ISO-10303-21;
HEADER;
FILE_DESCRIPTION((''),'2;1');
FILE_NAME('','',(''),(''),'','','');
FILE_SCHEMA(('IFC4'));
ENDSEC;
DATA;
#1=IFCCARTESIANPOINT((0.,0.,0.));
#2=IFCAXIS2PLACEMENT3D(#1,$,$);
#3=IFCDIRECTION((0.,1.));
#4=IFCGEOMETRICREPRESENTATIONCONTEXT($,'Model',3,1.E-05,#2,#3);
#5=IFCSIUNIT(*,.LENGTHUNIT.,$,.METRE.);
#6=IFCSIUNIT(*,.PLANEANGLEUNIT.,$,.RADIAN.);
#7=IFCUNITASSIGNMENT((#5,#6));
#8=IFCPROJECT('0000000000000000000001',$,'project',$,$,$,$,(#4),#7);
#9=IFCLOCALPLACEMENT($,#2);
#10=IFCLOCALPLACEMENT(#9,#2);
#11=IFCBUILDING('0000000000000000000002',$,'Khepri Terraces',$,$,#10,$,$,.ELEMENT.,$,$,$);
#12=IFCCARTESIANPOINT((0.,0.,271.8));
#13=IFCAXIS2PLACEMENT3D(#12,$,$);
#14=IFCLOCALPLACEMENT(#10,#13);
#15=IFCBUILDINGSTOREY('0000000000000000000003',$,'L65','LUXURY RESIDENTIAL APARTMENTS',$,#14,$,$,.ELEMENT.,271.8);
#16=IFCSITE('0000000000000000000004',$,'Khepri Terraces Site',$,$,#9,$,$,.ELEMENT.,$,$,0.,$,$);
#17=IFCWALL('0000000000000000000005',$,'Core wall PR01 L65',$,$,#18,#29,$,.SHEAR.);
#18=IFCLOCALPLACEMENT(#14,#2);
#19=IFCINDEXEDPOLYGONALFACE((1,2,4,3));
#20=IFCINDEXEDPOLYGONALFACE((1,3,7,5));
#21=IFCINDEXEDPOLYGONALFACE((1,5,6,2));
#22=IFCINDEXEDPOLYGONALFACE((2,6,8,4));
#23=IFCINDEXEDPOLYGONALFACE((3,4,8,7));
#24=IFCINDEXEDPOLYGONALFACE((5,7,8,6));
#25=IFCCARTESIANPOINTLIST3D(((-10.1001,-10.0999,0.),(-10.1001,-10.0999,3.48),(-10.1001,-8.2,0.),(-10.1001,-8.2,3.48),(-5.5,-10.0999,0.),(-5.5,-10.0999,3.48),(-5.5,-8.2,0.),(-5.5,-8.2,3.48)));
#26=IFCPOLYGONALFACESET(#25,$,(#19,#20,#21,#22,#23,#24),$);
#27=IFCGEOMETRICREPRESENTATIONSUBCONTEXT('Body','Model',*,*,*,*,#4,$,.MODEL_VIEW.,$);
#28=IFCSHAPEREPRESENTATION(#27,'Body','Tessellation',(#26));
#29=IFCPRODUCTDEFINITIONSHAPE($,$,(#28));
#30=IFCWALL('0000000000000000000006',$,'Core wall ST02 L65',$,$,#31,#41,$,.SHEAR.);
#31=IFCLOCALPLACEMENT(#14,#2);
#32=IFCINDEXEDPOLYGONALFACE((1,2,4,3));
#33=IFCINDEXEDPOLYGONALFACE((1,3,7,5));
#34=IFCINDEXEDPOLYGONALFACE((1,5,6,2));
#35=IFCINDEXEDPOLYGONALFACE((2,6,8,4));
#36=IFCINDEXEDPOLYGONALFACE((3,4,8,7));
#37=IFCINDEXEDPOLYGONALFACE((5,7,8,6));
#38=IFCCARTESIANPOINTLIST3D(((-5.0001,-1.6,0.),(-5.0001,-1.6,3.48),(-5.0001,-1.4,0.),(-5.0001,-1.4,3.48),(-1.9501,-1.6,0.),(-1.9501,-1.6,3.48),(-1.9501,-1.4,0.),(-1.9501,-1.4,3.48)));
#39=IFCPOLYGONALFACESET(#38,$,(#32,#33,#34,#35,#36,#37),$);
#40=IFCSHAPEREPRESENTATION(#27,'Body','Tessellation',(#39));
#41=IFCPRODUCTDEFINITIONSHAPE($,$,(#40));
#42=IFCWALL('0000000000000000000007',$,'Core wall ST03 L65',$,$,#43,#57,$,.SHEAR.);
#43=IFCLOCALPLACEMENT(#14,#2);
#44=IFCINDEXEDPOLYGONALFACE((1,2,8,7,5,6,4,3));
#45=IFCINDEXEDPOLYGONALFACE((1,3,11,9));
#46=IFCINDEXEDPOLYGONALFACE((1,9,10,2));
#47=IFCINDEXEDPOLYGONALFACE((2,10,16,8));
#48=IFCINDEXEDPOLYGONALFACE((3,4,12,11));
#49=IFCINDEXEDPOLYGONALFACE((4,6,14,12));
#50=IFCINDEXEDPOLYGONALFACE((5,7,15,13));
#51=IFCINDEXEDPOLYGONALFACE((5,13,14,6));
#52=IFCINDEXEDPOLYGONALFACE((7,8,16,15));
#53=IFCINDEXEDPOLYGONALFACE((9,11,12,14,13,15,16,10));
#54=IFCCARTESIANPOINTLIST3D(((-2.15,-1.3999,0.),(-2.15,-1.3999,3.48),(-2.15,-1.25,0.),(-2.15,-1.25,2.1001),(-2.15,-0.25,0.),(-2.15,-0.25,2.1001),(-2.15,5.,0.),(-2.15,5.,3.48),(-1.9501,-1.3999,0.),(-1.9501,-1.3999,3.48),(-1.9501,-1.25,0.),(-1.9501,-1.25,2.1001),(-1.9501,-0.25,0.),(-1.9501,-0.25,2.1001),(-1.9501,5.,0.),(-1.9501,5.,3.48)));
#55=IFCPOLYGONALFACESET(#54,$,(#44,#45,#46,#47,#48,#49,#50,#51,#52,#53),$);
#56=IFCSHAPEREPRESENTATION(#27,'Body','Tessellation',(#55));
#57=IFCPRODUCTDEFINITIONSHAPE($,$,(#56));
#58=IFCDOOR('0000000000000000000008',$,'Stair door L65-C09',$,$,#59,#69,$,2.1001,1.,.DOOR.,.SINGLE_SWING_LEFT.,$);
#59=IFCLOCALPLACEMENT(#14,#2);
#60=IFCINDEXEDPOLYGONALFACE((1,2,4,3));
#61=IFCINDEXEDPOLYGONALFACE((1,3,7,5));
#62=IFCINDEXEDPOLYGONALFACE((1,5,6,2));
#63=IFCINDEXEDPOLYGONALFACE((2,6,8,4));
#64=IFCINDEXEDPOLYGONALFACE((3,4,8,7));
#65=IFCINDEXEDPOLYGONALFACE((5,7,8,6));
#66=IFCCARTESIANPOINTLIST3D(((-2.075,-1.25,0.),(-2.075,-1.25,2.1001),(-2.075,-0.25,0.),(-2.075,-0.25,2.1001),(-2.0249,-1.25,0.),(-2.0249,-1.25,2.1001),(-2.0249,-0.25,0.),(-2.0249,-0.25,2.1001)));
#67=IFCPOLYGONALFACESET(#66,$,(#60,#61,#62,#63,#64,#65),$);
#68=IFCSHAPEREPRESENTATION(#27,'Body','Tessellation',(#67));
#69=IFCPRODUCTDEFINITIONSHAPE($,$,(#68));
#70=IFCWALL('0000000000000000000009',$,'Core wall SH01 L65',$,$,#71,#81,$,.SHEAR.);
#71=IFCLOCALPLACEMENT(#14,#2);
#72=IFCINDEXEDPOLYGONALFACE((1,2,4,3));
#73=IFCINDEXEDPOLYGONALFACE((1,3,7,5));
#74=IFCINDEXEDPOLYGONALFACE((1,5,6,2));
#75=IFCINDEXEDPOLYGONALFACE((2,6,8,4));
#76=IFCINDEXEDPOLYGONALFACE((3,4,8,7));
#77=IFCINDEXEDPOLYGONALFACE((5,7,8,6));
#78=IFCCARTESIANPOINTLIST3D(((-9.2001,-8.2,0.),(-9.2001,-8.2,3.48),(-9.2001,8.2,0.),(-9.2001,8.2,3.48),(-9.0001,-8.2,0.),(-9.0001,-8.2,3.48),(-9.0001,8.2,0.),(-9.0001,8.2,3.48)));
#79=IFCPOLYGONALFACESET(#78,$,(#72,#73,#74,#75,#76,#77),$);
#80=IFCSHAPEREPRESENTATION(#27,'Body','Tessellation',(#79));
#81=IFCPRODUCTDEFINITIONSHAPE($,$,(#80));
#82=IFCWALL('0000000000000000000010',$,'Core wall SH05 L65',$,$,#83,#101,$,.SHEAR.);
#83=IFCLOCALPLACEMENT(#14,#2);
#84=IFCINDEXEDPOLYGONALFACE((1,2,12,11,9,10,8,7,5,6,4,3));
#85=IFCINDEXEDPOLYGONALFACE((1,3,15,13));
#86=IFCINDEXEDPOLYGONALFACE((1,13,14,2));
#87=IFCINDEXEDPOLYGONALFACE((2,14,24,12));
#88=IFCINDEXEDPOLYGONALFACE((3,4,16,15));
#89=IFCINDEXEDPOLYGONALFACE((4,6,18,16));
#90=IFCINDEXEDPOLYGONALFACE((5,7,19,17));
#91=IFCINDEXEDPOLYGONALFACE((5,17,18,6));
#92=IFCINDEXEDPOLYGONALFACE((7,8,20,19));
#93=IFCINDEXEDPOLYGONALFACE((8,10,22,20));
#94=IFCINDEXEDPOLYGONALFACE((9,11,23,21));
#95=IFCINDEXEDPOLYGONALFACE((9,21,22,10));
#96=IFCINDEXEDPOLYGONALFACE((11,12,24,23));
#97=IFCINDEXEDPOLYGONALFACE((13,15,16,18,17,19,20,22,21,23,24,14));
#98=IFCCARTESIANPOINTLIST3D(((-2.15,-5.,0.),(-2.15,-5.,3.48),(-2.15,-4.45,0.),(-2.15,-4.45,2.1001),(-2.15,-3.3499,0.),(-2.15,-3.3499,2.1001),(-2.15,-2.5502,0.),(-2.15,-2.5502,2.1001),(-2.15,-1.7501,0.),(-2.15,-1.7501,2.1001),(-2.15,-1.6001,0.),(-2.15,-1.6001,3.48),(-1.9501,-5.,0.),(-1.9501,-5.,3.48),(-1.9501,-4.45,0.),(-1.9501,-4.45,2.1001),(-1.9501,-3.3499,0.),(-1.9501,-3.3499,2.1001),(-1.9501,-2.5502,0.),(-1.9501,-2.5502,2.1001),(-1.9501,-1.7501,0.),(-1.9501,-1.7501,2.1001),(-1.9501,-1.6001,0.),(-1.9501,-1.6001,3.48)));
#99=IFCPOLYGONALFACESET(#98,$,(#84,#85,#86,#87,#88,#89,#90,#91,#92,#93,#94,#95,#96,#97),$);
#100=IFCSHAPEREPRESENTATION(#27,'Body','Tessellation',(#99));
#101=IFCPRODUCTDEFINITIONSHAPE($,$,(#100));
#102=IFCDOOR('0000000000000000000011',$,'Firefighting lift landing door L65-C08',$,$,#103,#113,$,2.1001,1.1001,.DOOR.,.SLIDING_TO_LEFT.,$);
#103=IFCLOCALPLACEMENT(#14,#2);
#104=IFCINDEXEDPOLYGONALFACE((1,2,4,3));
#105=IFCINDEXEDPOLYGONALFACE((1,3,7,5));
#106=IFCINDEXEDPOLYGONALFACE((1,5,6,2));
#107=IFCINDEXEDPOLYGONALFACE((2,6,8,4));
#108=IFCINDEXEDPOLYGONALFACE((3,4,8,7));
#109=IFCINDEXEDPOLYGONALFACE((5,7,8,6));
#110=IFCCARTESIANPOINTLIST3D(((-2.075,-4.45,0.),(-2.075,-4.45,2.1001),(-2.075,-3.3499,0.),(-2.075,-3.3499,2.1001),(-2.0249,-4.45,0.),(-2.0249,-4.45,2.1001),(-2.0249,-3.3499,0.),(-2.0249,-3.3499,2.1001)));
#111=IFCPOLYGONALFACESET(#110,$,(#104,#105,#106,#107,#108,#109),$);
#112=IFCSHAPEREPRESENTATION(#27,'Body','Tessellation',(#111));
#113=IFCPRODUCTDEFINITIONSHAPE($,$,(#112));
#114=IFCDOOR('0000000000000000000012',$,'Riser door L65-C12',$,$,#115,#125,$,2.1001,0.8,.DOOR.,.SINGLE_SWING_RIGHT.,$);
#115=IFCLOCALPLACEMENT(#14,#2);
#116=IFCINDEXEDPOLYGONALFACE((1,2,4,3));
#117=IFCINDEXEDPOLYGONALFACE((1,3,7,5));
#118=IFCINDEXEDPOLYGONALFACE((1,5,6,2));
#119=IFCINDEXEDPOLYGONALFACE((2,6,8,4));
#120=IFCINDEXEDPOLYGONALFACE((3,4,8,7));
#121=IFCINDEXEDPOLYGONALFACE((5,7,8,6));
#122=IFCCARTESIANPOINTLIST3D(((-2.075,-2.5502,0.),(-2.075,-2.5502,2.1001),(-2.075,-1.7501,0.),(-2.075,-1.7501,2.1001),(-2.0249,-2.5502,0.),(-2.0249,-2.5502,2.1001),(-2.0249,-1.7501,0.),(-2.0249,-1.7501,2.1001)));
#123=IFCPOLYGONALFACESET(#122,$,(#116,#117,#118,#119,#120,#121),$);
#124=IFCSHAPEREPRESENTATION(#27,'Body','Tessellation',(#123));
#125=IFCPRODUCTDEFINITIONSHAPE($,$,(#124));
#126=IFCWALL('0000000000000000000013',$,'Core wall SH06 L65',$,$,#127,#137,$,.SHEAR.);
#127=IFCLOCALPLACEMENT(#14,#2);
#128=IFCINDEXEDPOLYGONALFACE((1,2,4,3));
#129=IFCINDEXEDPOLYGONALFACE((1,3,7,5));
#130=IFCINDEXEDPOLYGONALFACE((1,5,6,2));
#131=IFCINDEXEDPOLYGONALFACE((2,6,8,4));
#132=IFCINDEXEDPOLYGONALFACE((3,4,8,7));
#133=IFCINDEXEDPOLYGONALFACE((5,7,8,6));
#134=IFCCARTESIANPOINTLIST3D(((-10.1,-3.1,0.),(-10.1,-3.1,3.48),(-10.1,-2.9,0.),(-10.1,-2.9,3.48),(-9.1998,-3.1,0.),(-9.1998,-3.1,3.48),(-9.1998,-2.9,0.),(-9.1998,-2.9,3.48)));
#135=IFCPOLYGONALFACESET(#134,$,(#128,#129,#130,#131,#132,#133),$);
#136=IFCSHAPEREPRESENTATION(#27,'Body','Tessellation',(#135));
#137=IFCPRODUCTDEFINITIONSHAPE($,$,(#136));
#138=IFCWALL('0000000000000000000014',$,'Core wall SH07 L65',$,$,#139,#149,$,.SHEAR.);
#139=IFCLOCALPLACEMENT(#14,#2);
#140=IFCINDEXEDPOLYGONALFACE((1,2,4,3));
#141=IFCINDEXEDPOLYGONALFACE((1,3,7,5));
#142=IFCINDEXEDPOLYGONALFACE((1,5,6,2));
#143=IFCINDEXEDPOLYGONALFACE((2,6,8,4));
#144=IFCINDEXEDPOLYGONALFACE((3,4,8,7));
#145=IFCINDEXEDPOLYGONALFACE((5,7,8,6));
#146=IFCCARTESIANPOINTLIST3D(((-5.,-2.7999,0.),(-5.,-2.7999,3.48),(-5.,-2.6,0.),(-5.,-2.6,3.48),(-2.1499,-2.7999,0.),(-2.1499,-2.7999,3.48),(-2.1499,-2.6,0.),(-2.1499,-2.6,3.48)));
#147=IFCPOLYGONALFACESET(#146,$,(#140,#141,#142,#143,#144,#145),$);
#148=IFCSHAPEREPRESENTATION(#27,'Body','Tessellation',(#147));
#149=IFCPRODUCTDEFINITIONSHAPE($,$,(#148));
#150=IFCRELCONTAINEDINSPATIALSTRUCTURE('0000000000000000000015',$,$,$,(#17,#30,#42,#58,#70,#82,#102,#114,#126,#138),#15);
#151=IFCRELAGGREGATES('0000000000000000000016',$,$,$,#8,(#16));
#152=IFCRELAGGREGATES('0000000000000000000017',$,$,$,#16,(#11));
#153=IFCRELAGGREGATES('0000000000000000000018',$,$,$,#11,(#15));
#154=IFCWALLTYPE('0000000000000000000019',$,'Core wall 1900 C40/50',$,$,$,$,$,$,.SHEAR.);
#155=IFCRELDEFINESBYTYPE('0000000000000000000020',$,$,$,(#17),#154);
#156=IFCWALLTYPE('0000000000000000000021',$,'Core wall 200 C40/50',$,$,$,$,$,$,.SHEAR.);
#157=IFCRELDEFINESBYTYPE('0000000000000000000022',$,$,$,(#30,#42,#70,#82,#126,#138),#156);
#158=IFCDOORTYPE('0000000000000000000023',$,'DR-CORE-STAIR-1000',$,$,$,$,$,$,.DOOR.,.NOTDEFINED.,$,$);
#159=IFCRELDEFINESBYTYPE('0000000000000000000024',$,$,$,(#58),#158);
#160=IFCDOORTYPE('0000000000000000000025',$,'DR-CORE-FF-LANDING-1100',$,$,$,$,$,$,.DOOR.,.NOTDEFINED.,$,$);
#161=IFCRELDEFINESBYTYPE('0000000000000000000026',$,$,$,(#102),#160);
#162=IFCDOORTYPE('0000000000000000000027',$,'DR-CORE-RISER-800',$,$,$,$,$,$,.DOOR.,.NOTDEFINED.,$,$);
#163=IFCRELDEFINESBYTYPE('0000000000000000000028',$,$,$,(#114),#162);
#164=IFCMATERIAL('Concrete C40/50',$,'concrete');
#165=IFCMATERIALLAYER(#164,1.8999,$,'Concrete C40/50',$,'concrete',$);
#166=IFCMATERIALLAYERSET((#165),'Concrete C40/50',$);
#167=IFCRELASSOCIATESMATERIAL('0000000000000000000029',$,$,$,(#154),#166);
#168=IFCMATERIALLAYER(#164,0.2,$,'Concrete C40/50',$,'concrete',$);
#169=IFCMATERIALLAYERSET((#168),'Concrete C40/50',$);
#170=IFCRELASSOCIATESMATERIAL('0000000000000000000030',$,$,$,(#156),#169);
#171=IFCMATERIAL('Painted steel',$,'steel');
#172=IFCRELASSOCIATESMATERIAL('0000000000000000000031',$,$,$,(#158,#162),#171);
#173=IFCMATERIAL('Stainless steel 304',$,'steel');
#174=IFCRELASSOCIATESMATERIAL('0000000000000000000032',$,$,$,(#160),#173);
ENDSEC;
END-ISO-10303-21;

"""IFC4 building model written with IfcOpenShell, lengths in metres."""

from ifc_helpers import new_model, si_unit, direction, frame, frame_2d, origin, place, context, subcontext, project, spatial, rectangle, extrude, material, layer, layer_set, type_object, element, fill, save


model = new_model("IFC4")

# Units and contexts
model_context = context("Model", 3, precision=1e-05, world=origin(), true_north=direction((0.0, 1.0)))
body_context = subcontext(model_context, "Body", "Model", "MODEL_VIEW")
ifc_project = project(units=[si_unit("LENGTHUNIT", "METRE"), si_unit("PLANEANGLEUNIT", "RADIAN")], contexts=[model_context])

# Site, building, storey
site_placement = place(None, origin())
site = spatial("IfcSite", under=ifc_project, at=site_placement, Name="Khepri Terraces Site", CompositionType="ELEMENT", RefElevation=0.0)
building_placement = place(site_placement, origin())
building = spatial("IfcBuilding", under=site, at=building_placement, Name="Khepri Terraces", CompositionType="ELEMENT")
storey_placement = place(building_placement, frame((0.0, 0.0, 271.8)))
storey = spatial("IfcBuildingStorey", under=building, at=storey_placement, Name="L65", Description="LUXURY RESIDENTIAL APARTMENTS", CompositionType="ELEMENT", Elevation=271.8)

# Walls
ifc_material_1 = material(Name="Concrete C40/50", Category="concrete")
ifc_layer_1 = layer(ifc_material_1, 1.8999, Name="Concrete C40/50", Category="concrete")
ifc_layer_set_1 = layer_set([ifc_layer_1], Name="Concrete C40/50")
wall_type_1 = type_object("IfcWallType", Name="Core wall 1900 C40/50", PredefinedType="SHEAR", material=ifc_layer_set_1)
wall_1_placement = place(storey_placement, frame((-10.1001, -9.1499, 0.0), z_axis=(0.0, 0.0, 1.0), x_axis=(1.0, 0.0, 0.0)))
element("IfcWall", 1, at=wall_1_placement, inside=storey, type_object=wall_type_1, Name="Core wall PR01 L65", PredefinedType="SHEAR", context=body_context, shape_type="SweptSolid", body=[
    extrude(rectangle(XDim=4.6001, YDim=1.8999, at=frame_2d((2.3, 0.0))), origin(), (0.0, 0.0, 1.0), 3.48),
])
ifc_layer_2 = layer(ifc_material_1, 0.2, Name="Concrete C40/50", Category="concrete")
ifc_layer_set_2 = layer_set([ifc_layer_2], Name="Concrete C40/50")
wall_type_2 = type_object("IfcWallType", Name="Core wall 200 C40/50", PredefinedType="SHEAR", material=ifc_layer_set_2)
wall_2_placement = place(storey_placement, frame((-5.0, -1.5, 0.0), z_axis=(0.0, 0.0, 1.0), x_axis=(1.0, 0.0, 0.0)))
element("IfcWall", 2, at=wall_2_placement, inside=storey, type_object=wall_type_2, Name="Core wall ST02 L65", PredefinedType="SHEAR", context=body_context, shape_type="SweptSolid", body=[
    extrude(rectangle(XDim=3.05, YDim=0.2, at=frame_2d((1.5249, 0.0))), origin(), (0.0, 0.0, 1.0), 3.48),
])

# Wall, opening, door
wall_3_placement = place(storey_placement, frame((-2.05, -1.3999, 0.0), z_axis=(0.0, 0.0, 1.0), x_axis=(0.0, 1.0, 0.0)))
wall_3 = element("IfcWall", 3, at=wall_3_placement, inside=storey, type_object=wall_type_2, Name="Core wall ST03 L65", PredefinedType="SHEAR", context=body_context, shape_type="SweptSolid", body=[
    extrude(rectangle(XDim=6.3999, YDim=0.2, at=frame_2d((3.2, 0.0))), origin(), (0.0, 0.0, 1.0), 3.48),
])
opening_1_placement = place(wall_3_placement, frame((0.1499, 0.0, 0.0)))
opening_1 = element("IfcOpeningElement", 4, at=opening_1_placement, cuts=wall_3, PredefinedType="OPENING", context=body_context, shape_type="SweptSolid", body=[
    extrude(rectangle(XDim=1.0, YDim=2.1001, at=frame_2d((0.5, 1.05))), frame((0.0, 0.1099, 0.0), z_axis=(0.0, -1.0, 0.0), x_axis=(1.0, 0.0, 0.0)), (0.0, 0.0, 1.0), 0.22),
])
ifc_material_2 = material(Name="Painted steel", Category="steel")
door_type_1 = type_object("IfcDoorType", Name="DR-CORE-STAIR-1000", OperationType="NOTDEFINED", PredefinedType="DOOR", material=ifc_material_2)
door_1_placement = place(opening_1_placement, origin())
door_1 = element("IfcDoor", 5, at=door_1_placement, inside=storey, type_object=door_type_1, Name="Stair door L65-C09", OperationType="SINGLE_SWING_LEFT", OverallHeight=2.1001, OverallWidth=1.0, PredefinedType="DOOR", context=body_context, shape_type="SweptSolid", body=[
    extrude(rectangle(XDim=1.0, YDim=2.1001, at=frame_2d((0.5, 1.05))), frame((0.0, 0.0249, 0.0), z_axis=(0.0, -1.0, 0.0), x_axis=(1.0, 0.0, 0.0)), (0.0, 0.0, 1.0), 0.05),
])
fill(opening_1, door_1)

# Wall
wall_4_placement = place(storey_placement, frame((-9.1001, -8.2, 0.0), z_axis=(0.0, 0.0, 1.0), x_axis=(0.0, 1.0, 0.0)))
element("IfcWall", 6, at=wall_4_placement, inside=storey, type_object=wall_type_2, Name="Core wall SH01 L65", PredefinedType="SHEAR", context=body_context, shape_type="SweptSolid", body=[
    extrude(rectangle(XDim=16.3999, YDim=0.2, at=frame_2d((8.2, 0.0))), origin(), (0.0, 0.0, 1.0), 3.48),
])

# Wall, openings, doors
wall_5_placement = place(storey_placement, frame((-2.05, -5.0, 0.0), z_axis=(0.0, 0.0, 1.0), x_axis=(0.0, 1.0, 0.0)))
wall_5 = element("IfcWall", 7, at=wall_5_placement, inside=storey, type_object=wall_type_2, Name="Core wall SH05 L65", PredefinedType="SHEAR", context=body_context, shape_type="SweptSolid", body=[
    extrude(rectangle(XDim=3.3999, YDim=0.2, at=frame_2d((1.7, 0.0))), origin(), (0.0, 0.0, 1.0), 3.48),
])
opening_2_placement = place(wall_5_placement, frame((0.55, 0.0, 0.0)))
opening_2 = element("IfcOpeningElement", 8, at=opening_2_placement, cuts=wall_5, PredefinedType="OPENING", context=body_context, shape_type="SweptSolid", body=[
    extrude(rectangle(XDim=1.1001, YDim=2.1001, at=frame_2d((0.55, 1.05))), frame((0.0, 0.1099, 0.0), z_axis=(0.0, -1.0, 0.0), x_axis=(1.0, 0.0, 0.0)), (0.0, 0.0, 1.0), 0.22),
])
opening_3_placement = place(wall_5_placement, frame((2.45, 0.0, 0.0)))
opening_3 = element("IfcOpeningElement", 9, at=opening_3_placement, cuts=wall_5, PredefinedType="OPENING", context=body_context, shape_type="SweptSolid", body=[
    extrude(rectangle(XDim=0.8, YDim=2.1001, at=frame_2d((0.3999, 1.05))), frame((0.0, 0.1099, 0.0), z_axis=(0.0, -1.0, 0.0), x_axis=(1.0, 0.0, 0.0)), (0.0, 0.0, 1.0), 0.22),
])
ifc_material_3 = material(Name="Stainless steel 304", Category="steel")
door_type_2 = type_object("IfcDoorType", Name="DR-CORE-FF-LANDING-1100", OperationType="NOTDEFINED", PredefinedType="DOOR", material=ifc_material_3)
door_2_placement = place(opening_2_placement, origin())
door_2 = element("IfcDoor", 10, at=door_2_placement, inside=storey, type_object=door_type_2, Name="Firefighting lift landing door L65-C08", OperationType="SLIDING_TO_LEFT", OverallHeight=2.1001, OverallWidth=1.1001, PredefinedType="DOOR", context=body_context, shape_type="SweptSolid", body=[
    extrude(rectangle(XDim=1.1001, YDim=2.1001, at=frame_2d((0.55, 1.05))), frame((0.0, 0.0249, 0.0), z_axis=(0.0, -1.0, 0.0), x_axis=(1.0, 0.0, 0.0)), (0.0, 0.0, 1.0), 0.05),
])
fill(opening_2, door_2)
door_type_3 = type_object("IfcDoorType", Name="DR-CORE-RISER-800", OperationType="NOTDEFINED", PredefinedType="DOOR", material=ifc_material_2)
door_3_placement = place(opening_3_placement, origin())
door_3 = element("IfcDoor", 11, at=door_3_placement, inside=storey, type_object=door_type_3, Name="Riser door L65-C12", OperationType="SINGLE_SWING_RIGHT", OverallHeight=2.1001, OverallWidth=0.8, PredefinedType="DOOR", context=body_context, shape_type="SweptSolid", body=[
    extrude(rectangle(XDim=0.8, YDim=2.1001, at=frame_2d((0.3999, 1.05))), frame((0.0, 0.0249, 0.0), z_axis=(0.0, -1.0, 0.0), x_axis=(1.0, 0.0, 0.0)), (0.0, 0.0, 1.0), 0.05),
])
fill(opening_3, door_3)

# Walls
wall_6_placement = place(storey_placement, frame((-10.1001, -3.0, 0.0), z_axis=(0.0, 0.0, 1.0), x_axis=(1.0, 0.0, 0.0)))
element("IfcWall", 12, at=wall_6_placement, inside=storey, type_object=wall_type_2, Name="Core wall SH06 L65", PredefinedType="SHEAR", context=body_context, shape_type="SweptSolid", body=[
    extrude(rectangle(XDim=0.9001, YDim=0.2, at=frame_2d((0.4502, 0.0))), origin(), (0.0, 0.0, 1.0), 3.48),
])
wall_7_placement = place(storey_placement, frame((-5.0, -2.7, 0.0), z_axis=(0.0, 0.0, 1.0), x_axis=(1.0, 0.0, 0.0)))
element("IfcWall", 13, at=wall_7_placement, inside=storey, type_object=wall_type_2, Name="Core wall SH07 L65", PredefinedType="SHEAR", context=body_context, shape_type="SweptSolid", body=[
    extrude(rectangle(XDim=2.8501, YDim=0.2, at=frame_2d((1.425, 0.0))), origin(), (0.0, 0.0, 1.0), 3.48),
])

save(model, "model.ifc")
